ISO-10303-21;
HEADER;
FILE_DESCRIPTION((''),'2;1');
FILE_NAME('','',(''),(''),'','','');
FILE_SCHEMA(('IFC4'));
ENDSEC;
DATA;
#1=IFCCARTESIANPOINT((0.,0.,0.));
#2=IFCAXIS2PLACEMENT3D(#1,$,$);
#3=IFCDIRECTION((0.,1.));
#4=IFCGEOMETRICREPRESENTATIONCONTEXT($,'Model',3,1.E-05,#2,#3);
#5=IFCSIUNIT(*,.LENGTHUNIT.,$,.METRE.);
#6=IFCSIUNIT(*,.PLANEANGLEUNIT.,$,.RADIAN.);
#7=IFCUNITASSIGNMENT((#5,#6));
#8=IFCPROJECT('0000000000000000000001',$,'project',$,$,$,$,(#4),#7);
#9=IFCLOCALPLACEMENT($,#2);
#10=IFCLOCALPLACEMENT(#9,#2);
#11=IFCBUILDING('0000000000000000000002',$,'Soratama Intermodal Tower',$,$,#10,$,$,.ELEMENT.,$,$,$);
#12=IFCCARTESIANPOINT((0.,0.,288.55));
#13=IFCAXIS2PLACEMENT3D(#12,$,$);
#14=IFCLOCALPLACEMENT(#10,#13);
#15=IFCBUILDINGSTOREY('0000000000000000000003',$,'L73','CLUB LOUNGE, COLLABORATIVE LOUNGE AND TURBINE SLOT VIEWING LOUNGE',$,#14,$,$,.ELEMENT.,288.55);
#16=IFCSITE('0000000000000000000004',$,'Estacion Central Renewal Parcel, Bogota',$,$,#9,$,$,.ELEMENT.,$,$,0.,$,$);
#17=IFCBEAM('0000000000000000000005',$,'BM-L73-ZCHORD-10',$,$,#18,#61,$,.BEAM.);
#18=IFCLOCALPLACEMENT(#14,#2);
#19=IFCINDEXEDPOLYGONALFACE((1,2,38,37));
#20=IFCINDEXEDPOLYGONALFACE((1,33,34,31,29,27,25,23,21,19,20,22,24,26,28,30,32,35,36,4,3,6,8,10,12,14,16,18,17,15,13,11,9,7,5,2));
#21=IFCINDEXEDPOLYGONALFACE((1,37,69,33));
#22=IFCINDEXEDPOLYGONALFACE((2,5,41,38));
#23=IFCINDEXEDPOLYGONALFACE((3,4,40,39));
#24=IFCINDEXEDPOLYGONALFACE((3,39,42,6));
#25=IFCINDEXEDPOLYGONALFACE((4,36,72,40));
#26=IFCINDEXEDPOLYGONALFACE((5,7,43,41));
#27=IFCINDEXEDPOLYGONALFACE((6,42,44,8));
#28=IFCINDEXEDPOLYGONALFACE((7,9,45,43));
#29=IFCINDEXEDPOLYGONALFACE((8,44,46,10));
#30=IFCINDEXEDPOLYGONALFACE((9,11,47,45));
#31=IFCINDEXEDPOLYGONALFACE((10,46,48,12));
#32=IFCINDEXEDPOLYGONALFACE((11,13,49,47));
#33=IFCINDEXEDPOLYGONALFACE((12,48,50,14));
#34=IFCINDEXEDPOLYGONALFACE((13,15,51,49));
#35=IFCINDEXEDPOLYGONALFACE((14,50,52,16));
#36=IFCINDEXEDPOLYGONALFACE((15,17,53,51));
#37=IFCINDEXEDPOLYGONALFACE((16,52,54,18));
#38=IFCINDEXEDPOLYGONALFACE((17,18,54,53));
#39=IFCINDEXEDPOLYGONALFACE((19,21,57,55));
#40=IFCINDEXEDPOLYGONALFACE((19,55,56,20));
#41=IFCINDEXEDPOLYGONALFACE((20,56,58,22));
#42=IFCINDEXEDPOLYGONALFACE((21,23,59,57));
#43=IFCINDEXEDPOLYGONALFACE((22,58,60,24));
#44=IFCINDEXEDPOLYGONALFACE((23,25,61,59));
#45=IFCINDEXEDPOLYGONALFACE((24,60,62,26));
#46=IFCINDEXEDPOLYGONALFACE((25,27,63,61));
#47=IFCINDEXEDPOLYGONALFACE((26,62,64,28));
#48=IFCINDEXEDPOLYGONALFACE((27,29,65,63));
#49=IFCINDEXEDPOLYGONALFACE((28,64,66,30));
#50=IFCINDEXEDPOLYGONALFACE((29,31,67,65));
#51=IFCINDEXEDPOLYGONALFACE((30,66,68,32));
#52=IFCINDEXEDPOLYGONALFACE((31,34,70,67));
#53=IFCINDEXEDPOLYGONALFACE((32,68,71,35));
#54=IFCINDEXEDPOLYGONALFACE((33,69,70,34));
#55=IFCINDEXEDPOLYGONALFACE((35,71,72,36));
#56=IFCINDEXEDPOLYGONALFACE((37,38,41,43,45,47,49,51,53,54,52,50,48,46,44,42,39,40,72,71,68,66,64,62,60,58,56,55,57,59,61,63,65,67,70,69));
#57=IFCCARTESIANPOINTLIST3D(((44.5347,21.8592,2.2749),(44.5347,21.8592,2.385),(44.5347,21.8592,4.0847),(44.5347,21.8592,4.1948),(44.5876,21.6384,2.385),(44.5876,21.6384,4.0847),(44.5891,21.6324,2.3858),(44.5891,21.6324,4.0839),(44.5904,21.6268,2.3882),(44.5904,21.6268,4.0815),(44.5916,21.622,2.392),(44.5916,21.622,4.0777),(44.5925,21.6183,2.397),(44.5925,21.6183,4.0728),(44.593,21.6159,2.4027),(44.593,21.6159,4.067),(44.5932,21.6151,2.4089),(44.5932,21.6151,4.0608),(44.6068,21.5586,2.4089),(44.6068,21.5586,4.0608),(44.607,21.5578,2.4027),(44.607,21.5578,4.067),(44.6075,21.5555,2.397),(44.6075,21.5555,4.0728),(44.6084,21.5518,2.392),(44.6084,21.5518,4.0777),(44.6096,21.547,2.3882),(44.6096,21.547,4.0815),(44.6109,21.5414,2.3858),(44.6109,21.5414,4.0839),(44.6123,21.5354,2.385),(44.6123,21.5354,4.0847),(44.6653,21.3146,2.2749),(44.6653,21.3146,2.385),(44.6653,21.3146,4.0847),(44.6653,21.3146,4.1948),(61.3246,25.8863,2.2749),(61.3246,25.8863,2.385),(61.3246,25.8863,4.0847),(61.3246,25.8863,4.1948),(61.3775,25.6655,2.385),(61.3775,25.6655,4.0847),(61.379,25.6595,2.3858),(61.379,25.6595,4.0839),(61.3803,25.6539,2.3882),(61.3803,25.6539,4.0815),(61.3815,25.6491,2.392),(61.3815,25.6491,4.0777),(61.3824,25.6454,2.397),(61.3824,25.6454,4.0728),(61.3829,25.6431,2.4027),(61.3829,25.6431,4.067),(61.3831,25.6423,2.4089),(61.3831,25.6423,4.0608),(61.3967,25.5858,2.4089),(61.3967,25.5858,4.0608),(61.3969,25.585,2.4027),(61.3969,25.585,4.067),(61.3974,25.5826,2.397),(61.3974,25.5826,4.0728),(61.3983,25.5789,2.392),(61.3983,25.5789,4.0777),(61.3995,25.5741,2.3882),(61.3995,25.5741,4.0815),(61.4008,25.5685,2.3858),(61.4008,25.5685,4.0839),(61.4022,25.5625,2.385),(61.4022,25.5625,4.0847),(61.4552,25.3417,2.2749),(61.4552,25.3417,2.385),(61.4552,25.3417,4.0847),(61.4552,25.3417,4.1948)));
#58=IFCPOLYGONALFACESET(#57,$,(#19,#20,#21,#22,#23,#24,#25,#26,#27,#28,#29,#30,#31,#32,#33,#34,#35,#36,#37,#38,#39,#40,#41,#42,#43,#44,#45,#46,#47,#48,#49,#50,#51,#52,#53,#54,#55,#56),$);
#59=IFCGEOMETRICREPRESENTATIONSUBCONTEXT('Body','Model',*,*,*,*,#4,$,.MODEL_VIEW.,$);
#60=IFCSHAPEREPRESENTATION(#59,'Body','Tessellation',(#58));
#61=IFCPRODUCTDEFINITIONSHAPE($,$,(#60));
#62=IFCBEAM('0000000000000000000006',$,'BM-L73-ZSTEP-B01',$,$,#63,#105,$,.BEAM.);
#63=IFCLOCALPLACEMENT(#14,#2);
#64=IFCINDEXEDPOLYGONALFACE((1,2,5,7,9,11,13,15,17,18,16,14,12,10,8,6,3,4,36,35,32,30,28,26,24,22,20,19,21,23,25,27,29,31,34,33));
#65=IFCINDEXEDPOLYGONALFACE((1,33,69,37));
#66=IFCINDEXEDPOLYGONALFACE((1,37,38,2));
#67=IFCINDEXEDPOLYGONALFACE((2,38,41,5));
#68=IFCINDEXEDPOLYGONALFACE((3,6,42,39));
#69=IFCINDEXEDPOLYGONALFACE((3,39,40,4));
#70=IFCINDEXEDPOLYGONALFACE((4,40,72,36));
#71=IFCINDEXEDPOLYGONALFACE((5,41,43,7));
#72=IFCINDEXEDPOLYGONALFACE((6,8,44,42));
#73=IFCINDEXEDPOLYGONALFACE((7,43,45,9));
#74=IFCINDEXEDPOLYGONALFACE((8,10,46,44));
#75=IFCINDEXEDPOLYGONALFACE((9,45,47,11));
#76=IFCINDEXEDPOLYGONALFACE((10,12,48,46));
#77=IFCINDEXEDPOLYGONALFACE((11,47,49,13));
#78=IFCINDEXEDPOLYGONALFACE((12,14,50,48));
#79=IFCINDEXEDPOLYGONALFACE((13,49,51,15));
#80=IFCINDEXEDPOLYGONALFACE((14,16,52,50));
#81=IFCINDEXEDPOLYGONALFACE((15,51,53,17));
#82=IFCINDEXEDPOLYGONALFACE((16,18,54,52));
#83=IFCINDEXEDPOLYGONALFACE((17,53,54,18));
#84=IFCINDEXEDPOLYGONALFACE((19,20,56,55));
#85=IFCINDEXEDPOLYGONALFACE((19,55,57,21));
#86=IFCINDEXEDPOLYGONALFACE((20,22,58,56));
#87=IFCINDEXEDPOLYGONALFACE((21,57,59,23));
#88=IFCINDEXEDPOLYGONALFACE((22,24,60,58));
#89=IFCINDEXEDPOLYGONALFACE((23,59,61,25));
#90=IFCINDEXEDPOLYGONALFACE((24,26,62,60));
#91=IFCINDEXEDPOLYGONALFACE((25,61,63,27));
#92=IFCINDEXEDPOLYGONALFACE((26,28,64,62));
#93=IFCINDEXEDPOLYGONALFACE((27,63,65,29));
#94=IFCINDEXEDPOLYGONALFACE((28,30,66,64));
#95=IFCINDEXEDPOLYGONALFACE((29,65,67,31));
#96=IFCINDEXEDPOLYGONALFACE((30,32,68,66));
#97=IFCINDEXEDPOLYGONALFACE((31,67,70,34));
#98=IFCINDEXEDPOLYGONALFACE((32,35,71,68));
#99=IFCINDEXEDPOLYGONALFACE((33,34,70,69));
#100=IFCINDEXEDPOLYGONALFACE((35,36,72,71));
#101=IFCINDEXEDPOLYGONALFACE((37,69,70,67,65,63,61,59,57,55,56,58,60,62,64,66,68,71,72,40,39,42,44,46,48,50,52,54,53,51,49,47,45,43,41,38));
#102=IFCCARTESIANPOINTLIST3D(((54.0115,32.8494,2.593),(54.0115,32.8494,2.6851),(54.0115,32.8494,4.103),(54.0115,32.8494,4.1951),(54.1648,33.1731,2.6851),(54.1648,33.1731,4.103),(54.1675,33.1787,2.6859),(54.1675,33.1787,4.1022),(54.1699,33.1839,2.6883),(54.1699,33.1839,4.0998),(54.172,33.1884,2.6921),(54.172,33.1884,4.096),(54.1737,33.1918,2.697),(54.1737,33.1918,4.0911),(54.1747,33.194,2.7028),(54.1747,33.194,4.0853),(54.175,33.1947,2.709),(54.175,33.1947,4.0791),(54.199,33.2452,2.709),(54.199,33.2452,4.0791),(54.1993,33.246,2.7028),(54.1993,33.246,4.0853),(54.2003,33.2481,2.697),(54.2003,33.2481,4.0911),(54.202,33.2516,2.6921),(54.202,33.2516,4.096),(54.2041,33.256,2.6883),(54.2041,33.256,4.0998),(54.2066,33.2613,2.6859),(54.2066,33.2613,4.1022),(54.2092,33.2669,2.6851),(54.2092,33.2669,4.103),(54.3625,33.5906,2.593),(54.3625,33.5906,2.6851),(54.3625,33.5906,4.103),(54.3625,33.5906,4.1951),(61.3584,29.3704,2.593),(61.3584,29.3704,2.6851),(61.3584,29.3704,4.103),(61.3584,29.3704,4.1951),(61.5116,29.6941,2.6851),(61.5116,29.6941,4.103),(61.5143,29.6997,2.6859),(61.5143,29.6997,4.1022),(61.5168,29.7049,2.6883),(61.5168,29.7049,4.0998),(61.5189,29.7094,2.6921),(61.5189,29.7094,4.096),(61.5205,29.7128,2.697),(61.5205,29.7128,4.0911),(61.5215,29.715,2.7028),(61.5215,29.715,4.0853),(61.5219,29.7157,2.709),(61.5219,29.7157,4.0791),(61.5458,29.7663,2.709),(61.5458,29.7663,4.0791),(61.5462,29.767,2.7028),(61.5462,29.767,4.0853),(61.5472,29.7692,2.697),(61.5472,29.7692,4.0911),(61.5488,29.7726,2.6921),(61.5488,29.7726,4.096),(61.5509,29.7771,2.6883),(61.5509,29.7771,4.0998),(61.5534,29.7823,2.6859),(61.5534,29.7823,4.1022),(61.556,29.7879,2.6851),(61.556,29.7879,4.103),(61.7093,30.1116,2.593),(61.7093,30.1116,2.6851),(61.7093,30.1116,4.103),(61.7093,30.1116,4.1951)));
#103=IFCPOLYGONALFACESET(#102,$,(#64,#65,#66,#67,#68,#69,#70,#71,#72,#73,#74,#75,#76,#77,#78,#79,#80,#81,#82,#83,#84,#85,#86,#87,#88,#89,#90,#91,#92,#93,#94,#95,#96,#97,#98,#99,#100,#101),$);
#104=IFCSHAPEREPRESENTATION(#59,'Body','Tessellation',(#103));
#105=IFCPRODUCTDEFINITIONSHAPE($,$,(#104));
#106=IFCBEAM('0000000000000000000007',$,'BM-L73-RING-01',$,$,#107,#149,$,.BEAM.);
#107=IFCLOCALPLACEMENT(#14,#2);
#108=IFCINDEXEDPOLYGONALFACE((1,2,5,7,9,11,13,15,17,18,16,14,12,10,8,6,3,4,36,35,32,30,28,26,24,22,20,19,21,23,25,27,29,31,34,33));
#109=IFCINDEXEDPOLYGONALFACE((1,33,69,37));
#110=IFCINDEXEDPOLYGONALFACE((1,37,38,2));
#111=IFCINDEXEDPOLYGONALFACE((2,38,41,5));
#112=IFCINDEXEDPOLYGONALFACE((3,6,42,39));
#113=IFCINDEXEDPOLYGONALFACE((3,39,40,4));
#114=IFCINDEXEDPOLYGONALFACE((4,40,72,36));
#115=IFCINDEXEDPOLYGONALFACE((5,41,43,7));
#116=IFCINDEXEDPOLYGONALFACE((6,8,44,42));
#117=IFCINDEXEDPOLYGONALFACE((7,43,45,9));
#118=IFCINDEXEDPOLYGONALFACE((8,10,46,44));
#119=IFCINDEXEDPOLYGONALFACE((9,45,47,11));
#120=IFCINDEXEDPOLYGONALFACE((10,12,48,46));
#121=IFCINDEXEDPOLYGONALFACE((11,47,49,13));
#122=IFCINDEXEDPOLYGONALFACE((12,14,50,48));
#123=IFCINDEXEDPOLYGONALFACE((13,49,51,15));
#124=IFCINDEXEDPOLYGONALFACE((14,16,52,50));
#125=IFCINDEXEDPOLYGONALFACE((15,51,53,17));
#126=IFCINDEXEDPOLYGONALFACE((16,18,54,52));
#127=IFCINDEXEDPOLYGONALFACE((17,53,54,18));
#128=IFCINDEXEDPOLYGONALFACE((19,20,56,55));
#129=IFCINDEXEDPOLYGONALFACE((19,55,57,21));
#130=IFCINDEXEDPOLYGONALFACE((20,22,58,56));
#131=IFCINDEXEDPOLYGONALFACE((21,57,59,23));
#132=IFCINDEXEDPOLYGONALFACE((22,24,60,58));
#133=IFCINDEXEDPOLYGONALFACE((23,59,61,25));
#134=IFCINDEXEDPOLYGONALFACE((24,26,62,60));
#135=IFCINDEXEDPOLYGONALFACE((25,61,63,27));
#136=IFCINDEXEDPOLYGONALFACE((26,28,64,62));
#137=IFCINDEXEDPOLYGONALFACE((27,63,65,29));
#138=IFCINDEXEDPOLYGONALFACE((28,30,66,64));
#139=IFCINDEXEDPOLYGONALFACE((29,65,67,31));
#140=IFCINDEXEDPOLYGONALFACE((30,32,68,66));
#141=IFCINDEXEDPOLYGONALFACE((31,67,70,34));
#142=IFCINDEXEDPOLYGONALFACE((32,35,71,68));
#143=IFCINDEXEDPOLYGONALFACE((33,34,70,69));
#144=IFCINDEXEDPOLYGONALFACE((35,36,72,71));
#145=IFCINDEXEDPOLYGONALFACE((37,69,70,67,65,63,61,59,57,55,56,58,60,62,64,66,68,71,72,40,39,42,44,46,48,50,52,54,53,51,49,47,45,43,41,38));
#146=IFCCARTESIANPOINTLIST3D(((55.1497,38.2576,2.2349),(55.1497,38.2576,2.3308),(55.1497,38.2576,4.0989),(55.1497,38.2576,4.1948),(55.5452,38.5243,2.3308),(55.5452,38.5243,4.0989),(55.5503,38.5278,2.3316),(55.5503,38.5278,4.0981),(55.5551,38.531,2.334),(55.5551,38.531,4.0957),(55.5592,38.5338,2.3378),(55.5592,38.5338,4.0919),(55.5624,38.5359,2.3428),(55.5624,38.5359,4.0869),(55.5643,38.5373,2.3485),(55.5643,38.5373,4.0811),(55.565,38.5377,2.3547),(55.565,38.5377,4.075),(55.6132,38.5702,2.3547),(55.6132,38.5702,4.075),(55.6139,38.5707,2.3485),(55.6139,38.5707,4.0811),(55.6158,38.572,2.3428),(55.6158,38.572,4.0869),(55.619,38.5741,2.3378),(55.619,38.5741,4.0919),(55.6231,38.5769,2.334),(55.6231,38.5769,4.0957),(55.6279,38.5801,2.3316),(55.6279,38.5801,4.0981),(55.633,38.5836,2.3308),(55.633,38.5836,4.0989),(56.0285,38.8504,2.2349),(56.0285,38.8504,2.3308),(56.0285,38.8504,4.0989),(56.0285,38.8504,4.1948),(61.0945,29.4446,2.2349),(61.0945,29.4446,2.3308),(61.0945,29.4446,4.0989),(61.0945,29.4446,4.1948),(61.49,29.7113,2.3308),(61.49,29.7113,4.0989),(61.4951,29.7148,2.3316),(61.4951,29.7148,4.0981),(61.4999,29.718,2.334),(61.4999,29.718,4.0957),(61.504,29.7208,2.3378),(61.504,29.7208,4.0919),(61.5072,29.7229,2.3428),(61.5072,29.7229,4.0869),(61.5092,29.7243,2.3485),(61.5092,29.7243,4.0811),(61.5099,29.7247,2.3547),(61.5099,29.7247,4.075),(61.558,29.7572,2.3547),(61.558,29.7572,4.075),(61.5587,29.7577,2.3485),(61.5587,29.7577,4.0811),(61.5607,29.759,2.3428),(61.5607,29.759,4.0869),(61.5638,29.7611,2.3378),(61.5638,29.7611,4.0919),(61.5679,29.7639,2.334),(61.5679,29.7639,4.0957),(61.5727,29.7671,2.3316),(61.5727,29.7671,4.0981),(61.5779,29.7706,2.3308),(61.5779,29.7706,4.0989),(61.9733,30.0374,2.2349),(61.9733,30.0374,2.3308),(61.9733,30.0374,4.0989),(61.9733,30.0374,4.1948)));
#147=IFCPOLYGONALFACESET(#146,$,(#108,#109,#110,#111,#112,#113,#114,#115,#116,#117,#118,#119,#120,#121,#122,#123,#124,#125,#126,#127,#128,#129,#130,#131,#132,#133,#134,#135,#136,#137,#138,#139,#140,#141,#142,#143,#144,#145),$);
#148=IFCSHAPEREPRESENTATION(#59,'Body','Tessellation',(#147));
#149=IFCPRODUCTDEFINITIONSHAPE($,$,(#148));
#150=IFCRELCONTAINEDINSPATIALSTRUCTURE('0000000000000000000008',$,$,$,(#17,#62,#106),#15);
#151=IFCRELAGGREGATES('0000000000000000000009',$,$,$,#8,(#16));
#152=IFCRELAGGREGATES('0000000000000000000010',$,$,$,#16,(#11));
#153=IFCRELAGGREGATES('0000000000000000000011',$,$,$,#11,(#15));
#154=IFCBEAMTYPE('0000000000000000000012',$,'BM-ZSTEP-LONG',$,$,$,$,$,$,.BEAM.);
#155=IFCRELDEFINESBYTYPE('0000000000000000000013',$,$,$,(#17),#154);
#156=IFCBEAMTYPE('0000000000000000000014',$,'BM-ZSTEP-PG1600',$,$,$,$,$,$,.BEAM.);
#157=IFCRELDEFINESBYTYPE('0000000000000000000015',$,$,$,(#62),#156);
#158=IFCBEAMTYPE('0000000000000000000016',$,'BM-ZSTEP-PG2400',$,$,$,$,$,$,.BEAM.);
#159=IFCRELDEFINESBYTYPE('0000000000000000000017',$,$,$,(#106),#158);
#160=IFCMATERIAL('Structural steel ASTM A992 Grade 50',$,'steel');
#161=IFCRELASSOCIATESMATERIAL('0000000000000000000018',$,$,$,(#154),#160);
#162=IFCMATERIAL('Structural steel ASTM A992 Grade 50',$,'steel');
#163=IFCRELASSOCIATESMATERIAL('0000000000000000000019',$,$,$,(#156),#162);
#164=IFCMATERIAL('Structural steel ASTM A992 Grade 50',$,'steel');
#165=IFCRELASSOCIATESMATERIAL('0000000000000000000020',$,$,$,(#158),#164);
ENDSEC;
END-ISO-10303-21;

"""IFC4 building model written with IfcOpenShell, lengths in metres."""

from ifc_helpers import new_model, si_unit, direction, frame, origin, origin_2d, place, context, subcontext, project, spatial, i_section, extrude, material, material_profile, profile_set, type_object, element, save


model = new_model("IFC4")

# Units and contexts
model_context = context("Model", 3, precision=1e-05, world=origin(), true_north=direction((0.0, 1.0)))
body_context = subcontext(model_context, "Body", "Model", "MODEL_VIEW")
ifc_project = project(units=[si_unit("LENGTHUNIT", "METRE"), si_unit("PLANEANGLEUNIT", "RADIAN")], contexts=[model_context])

# Site, building, storey
site_placement = place(None, origin())
site = spatial("IfcSite", under=ifc_project, at=site_placement, Name="Estacion Central Renewal Parcel, Bogota", CompositionType="ELEMENT", RefElevation=0.0)
building_placement = place(site_placement, origin())
building = spatial("IfcBuilding", under=site, at=building_placement, Name="Soratama Intermodal Tower", CompositionType="ELEMENT")
storey_placement = place(building_placement, frame((0.0, 0.0, 288.55)))
storey = spatial("IfcBuildingStorey", under=building, at=storey_placement, Name="L73", Description="CLUB LOUNGE, COLLABORATIVE LOUNGE AND TURBINE SLOT VIEWING LOUNGE", CompositionType="ELEMENT", Elevation=288.55)

# Beams
ifc_material_1 = material(Name="Structural steel ASTM A992 Grade 50", Category="steel")
ifc_material_profile_1 = material_profile(ifc_material_1, i_section(OverallWidth=0.5601, OverallDepth=1.9199, WebThickness=0.0581, FlangeThickness=0.1101, FilletRadius=0.0239, at=origin_2d()), Name="PG2150X720")
ifc_profile_set_1 = profile_set([ifc_material_profile_1], Name="Structural steel ASTM A992 Grade 50")
beam_type_1 = type_object("IfcBeamType", Name="BM-ZSTEP-LONG", PredefinedType="BEAM", material=ifc_profile_set_1)
beam_1_placement = place(storey_placement, frame((61.3899, 25.614, 3.2349), z_axis=(-0.97242, -0.233239, 0.0), x_axis=(0.233239, -0.97242, 0.0)))
element("IfcBeam", 1, at=beam_1_placement, inside=storey, type_object=beam_type_1, Name="BM-L73-ZCHORD-10", PredefinedType="BEAM", context=body_context, shape_type="SweptSolid", body=[
    extrude(i_section(OverallWidth=0.5601, OverallDepth=1.9199, WebThickness=0.0581, FlangeThickness=0.1101, FilletRadius=0.0239, at=origin_2d()), origin(), (0.0, 0.0, 1.0), 17.2661),
])
ifc_material_2 = material(Name="Structural steel ASTM A992 Grade 50", Category="steel")
ifc_material_profile_2 = material_profile(ifc_material_2, i_section(OverallWidth=0.8201, OverallDepth=1.6021, WebThickness=0.0559, FlangeThickness=0.092, FilletRadius=0.0239, at=origin_2d()), Name="PG1600X650")
ifc_profile_set_2 = profile_set([ifc_material_profile_2], Name="Structural steel ASTM A992 Grade 50")
beam_type_2 = type_object("IfcBeamType", Name="BM-ZSTEP-PG1600", PredefinedType="BEAM", material=ifc_profile_set_2)
beam_2_placement = place(storey_placement, frame((54.187, 33.22, 3.394), z_axis=(0.903791, -0.427974, 0.0), x_axis=(0.427974, 0.903791, 0.0)))
element("IfcBeam", 2, at=beam_2_placement, inside=storey, type_object=beam_type_2, Name="BM-L73-ZSTEP-B01", PredefinedType="BEAM", context=body_context, shape_type="SweptSolid", body=[
    extrude(i_section(OverallWidth=0.8201, OverallDepth=1.6021, WebThickness=0.0559, FlangeThickness=0.092, FilletRadius=0.0239, at=origin_2d()), origin(), (0.0, 0.0, 1.0), 8.1289),
])
ifc_material_3 = material(Name="Structural steel ASTM A992 Grade 50", Category="steel")
ifc_material_profile_3 = material_profile(ifc_material_3, i_section(OverallWidth=1.0601, OverallDepth=1.96, WebThickness=0.0581, FlangeThickness=0.0959, FilletRadius=0.0239, at=origin_2d()), Name="PG2400X900")
ifc_profile_set_3 = profile_set([ifc_material_profile_3], Name="Structural steel ASTM A992 Grade 50")
beam_type_3 = type_object("IfcBeamType", Name="BM-ZSTEP-PG2400", PredefinedType="BEAM", material=ifc_profile_set_3)
beam_3_placement = place(storey_placement, frame((61.5339, 29.741, 3.2148), z_axis=(-0.559218, 0.829021, 0.0), x_axis=(-0.829021, -0.559218, 0.0)))
element("IfcBeam", 3, at=beam_3_placement, inside=storey, type_object=beam_type_3, Name="BM-L73-RING-01", PredefinedType="BEAM", context=body_context, shape_type="SweptSolid", body=[
    extrude(i_section(OverallWidth=1.0601, OverallDepth=1.96, WebThickness=0.0581, FlangeThickness=0.0959, FilletRadius=0.0239, at=origin_2d()), origin(), (0.0, 0.0, 1.0), 10.6306),
])

save(model, "model.ifc")
